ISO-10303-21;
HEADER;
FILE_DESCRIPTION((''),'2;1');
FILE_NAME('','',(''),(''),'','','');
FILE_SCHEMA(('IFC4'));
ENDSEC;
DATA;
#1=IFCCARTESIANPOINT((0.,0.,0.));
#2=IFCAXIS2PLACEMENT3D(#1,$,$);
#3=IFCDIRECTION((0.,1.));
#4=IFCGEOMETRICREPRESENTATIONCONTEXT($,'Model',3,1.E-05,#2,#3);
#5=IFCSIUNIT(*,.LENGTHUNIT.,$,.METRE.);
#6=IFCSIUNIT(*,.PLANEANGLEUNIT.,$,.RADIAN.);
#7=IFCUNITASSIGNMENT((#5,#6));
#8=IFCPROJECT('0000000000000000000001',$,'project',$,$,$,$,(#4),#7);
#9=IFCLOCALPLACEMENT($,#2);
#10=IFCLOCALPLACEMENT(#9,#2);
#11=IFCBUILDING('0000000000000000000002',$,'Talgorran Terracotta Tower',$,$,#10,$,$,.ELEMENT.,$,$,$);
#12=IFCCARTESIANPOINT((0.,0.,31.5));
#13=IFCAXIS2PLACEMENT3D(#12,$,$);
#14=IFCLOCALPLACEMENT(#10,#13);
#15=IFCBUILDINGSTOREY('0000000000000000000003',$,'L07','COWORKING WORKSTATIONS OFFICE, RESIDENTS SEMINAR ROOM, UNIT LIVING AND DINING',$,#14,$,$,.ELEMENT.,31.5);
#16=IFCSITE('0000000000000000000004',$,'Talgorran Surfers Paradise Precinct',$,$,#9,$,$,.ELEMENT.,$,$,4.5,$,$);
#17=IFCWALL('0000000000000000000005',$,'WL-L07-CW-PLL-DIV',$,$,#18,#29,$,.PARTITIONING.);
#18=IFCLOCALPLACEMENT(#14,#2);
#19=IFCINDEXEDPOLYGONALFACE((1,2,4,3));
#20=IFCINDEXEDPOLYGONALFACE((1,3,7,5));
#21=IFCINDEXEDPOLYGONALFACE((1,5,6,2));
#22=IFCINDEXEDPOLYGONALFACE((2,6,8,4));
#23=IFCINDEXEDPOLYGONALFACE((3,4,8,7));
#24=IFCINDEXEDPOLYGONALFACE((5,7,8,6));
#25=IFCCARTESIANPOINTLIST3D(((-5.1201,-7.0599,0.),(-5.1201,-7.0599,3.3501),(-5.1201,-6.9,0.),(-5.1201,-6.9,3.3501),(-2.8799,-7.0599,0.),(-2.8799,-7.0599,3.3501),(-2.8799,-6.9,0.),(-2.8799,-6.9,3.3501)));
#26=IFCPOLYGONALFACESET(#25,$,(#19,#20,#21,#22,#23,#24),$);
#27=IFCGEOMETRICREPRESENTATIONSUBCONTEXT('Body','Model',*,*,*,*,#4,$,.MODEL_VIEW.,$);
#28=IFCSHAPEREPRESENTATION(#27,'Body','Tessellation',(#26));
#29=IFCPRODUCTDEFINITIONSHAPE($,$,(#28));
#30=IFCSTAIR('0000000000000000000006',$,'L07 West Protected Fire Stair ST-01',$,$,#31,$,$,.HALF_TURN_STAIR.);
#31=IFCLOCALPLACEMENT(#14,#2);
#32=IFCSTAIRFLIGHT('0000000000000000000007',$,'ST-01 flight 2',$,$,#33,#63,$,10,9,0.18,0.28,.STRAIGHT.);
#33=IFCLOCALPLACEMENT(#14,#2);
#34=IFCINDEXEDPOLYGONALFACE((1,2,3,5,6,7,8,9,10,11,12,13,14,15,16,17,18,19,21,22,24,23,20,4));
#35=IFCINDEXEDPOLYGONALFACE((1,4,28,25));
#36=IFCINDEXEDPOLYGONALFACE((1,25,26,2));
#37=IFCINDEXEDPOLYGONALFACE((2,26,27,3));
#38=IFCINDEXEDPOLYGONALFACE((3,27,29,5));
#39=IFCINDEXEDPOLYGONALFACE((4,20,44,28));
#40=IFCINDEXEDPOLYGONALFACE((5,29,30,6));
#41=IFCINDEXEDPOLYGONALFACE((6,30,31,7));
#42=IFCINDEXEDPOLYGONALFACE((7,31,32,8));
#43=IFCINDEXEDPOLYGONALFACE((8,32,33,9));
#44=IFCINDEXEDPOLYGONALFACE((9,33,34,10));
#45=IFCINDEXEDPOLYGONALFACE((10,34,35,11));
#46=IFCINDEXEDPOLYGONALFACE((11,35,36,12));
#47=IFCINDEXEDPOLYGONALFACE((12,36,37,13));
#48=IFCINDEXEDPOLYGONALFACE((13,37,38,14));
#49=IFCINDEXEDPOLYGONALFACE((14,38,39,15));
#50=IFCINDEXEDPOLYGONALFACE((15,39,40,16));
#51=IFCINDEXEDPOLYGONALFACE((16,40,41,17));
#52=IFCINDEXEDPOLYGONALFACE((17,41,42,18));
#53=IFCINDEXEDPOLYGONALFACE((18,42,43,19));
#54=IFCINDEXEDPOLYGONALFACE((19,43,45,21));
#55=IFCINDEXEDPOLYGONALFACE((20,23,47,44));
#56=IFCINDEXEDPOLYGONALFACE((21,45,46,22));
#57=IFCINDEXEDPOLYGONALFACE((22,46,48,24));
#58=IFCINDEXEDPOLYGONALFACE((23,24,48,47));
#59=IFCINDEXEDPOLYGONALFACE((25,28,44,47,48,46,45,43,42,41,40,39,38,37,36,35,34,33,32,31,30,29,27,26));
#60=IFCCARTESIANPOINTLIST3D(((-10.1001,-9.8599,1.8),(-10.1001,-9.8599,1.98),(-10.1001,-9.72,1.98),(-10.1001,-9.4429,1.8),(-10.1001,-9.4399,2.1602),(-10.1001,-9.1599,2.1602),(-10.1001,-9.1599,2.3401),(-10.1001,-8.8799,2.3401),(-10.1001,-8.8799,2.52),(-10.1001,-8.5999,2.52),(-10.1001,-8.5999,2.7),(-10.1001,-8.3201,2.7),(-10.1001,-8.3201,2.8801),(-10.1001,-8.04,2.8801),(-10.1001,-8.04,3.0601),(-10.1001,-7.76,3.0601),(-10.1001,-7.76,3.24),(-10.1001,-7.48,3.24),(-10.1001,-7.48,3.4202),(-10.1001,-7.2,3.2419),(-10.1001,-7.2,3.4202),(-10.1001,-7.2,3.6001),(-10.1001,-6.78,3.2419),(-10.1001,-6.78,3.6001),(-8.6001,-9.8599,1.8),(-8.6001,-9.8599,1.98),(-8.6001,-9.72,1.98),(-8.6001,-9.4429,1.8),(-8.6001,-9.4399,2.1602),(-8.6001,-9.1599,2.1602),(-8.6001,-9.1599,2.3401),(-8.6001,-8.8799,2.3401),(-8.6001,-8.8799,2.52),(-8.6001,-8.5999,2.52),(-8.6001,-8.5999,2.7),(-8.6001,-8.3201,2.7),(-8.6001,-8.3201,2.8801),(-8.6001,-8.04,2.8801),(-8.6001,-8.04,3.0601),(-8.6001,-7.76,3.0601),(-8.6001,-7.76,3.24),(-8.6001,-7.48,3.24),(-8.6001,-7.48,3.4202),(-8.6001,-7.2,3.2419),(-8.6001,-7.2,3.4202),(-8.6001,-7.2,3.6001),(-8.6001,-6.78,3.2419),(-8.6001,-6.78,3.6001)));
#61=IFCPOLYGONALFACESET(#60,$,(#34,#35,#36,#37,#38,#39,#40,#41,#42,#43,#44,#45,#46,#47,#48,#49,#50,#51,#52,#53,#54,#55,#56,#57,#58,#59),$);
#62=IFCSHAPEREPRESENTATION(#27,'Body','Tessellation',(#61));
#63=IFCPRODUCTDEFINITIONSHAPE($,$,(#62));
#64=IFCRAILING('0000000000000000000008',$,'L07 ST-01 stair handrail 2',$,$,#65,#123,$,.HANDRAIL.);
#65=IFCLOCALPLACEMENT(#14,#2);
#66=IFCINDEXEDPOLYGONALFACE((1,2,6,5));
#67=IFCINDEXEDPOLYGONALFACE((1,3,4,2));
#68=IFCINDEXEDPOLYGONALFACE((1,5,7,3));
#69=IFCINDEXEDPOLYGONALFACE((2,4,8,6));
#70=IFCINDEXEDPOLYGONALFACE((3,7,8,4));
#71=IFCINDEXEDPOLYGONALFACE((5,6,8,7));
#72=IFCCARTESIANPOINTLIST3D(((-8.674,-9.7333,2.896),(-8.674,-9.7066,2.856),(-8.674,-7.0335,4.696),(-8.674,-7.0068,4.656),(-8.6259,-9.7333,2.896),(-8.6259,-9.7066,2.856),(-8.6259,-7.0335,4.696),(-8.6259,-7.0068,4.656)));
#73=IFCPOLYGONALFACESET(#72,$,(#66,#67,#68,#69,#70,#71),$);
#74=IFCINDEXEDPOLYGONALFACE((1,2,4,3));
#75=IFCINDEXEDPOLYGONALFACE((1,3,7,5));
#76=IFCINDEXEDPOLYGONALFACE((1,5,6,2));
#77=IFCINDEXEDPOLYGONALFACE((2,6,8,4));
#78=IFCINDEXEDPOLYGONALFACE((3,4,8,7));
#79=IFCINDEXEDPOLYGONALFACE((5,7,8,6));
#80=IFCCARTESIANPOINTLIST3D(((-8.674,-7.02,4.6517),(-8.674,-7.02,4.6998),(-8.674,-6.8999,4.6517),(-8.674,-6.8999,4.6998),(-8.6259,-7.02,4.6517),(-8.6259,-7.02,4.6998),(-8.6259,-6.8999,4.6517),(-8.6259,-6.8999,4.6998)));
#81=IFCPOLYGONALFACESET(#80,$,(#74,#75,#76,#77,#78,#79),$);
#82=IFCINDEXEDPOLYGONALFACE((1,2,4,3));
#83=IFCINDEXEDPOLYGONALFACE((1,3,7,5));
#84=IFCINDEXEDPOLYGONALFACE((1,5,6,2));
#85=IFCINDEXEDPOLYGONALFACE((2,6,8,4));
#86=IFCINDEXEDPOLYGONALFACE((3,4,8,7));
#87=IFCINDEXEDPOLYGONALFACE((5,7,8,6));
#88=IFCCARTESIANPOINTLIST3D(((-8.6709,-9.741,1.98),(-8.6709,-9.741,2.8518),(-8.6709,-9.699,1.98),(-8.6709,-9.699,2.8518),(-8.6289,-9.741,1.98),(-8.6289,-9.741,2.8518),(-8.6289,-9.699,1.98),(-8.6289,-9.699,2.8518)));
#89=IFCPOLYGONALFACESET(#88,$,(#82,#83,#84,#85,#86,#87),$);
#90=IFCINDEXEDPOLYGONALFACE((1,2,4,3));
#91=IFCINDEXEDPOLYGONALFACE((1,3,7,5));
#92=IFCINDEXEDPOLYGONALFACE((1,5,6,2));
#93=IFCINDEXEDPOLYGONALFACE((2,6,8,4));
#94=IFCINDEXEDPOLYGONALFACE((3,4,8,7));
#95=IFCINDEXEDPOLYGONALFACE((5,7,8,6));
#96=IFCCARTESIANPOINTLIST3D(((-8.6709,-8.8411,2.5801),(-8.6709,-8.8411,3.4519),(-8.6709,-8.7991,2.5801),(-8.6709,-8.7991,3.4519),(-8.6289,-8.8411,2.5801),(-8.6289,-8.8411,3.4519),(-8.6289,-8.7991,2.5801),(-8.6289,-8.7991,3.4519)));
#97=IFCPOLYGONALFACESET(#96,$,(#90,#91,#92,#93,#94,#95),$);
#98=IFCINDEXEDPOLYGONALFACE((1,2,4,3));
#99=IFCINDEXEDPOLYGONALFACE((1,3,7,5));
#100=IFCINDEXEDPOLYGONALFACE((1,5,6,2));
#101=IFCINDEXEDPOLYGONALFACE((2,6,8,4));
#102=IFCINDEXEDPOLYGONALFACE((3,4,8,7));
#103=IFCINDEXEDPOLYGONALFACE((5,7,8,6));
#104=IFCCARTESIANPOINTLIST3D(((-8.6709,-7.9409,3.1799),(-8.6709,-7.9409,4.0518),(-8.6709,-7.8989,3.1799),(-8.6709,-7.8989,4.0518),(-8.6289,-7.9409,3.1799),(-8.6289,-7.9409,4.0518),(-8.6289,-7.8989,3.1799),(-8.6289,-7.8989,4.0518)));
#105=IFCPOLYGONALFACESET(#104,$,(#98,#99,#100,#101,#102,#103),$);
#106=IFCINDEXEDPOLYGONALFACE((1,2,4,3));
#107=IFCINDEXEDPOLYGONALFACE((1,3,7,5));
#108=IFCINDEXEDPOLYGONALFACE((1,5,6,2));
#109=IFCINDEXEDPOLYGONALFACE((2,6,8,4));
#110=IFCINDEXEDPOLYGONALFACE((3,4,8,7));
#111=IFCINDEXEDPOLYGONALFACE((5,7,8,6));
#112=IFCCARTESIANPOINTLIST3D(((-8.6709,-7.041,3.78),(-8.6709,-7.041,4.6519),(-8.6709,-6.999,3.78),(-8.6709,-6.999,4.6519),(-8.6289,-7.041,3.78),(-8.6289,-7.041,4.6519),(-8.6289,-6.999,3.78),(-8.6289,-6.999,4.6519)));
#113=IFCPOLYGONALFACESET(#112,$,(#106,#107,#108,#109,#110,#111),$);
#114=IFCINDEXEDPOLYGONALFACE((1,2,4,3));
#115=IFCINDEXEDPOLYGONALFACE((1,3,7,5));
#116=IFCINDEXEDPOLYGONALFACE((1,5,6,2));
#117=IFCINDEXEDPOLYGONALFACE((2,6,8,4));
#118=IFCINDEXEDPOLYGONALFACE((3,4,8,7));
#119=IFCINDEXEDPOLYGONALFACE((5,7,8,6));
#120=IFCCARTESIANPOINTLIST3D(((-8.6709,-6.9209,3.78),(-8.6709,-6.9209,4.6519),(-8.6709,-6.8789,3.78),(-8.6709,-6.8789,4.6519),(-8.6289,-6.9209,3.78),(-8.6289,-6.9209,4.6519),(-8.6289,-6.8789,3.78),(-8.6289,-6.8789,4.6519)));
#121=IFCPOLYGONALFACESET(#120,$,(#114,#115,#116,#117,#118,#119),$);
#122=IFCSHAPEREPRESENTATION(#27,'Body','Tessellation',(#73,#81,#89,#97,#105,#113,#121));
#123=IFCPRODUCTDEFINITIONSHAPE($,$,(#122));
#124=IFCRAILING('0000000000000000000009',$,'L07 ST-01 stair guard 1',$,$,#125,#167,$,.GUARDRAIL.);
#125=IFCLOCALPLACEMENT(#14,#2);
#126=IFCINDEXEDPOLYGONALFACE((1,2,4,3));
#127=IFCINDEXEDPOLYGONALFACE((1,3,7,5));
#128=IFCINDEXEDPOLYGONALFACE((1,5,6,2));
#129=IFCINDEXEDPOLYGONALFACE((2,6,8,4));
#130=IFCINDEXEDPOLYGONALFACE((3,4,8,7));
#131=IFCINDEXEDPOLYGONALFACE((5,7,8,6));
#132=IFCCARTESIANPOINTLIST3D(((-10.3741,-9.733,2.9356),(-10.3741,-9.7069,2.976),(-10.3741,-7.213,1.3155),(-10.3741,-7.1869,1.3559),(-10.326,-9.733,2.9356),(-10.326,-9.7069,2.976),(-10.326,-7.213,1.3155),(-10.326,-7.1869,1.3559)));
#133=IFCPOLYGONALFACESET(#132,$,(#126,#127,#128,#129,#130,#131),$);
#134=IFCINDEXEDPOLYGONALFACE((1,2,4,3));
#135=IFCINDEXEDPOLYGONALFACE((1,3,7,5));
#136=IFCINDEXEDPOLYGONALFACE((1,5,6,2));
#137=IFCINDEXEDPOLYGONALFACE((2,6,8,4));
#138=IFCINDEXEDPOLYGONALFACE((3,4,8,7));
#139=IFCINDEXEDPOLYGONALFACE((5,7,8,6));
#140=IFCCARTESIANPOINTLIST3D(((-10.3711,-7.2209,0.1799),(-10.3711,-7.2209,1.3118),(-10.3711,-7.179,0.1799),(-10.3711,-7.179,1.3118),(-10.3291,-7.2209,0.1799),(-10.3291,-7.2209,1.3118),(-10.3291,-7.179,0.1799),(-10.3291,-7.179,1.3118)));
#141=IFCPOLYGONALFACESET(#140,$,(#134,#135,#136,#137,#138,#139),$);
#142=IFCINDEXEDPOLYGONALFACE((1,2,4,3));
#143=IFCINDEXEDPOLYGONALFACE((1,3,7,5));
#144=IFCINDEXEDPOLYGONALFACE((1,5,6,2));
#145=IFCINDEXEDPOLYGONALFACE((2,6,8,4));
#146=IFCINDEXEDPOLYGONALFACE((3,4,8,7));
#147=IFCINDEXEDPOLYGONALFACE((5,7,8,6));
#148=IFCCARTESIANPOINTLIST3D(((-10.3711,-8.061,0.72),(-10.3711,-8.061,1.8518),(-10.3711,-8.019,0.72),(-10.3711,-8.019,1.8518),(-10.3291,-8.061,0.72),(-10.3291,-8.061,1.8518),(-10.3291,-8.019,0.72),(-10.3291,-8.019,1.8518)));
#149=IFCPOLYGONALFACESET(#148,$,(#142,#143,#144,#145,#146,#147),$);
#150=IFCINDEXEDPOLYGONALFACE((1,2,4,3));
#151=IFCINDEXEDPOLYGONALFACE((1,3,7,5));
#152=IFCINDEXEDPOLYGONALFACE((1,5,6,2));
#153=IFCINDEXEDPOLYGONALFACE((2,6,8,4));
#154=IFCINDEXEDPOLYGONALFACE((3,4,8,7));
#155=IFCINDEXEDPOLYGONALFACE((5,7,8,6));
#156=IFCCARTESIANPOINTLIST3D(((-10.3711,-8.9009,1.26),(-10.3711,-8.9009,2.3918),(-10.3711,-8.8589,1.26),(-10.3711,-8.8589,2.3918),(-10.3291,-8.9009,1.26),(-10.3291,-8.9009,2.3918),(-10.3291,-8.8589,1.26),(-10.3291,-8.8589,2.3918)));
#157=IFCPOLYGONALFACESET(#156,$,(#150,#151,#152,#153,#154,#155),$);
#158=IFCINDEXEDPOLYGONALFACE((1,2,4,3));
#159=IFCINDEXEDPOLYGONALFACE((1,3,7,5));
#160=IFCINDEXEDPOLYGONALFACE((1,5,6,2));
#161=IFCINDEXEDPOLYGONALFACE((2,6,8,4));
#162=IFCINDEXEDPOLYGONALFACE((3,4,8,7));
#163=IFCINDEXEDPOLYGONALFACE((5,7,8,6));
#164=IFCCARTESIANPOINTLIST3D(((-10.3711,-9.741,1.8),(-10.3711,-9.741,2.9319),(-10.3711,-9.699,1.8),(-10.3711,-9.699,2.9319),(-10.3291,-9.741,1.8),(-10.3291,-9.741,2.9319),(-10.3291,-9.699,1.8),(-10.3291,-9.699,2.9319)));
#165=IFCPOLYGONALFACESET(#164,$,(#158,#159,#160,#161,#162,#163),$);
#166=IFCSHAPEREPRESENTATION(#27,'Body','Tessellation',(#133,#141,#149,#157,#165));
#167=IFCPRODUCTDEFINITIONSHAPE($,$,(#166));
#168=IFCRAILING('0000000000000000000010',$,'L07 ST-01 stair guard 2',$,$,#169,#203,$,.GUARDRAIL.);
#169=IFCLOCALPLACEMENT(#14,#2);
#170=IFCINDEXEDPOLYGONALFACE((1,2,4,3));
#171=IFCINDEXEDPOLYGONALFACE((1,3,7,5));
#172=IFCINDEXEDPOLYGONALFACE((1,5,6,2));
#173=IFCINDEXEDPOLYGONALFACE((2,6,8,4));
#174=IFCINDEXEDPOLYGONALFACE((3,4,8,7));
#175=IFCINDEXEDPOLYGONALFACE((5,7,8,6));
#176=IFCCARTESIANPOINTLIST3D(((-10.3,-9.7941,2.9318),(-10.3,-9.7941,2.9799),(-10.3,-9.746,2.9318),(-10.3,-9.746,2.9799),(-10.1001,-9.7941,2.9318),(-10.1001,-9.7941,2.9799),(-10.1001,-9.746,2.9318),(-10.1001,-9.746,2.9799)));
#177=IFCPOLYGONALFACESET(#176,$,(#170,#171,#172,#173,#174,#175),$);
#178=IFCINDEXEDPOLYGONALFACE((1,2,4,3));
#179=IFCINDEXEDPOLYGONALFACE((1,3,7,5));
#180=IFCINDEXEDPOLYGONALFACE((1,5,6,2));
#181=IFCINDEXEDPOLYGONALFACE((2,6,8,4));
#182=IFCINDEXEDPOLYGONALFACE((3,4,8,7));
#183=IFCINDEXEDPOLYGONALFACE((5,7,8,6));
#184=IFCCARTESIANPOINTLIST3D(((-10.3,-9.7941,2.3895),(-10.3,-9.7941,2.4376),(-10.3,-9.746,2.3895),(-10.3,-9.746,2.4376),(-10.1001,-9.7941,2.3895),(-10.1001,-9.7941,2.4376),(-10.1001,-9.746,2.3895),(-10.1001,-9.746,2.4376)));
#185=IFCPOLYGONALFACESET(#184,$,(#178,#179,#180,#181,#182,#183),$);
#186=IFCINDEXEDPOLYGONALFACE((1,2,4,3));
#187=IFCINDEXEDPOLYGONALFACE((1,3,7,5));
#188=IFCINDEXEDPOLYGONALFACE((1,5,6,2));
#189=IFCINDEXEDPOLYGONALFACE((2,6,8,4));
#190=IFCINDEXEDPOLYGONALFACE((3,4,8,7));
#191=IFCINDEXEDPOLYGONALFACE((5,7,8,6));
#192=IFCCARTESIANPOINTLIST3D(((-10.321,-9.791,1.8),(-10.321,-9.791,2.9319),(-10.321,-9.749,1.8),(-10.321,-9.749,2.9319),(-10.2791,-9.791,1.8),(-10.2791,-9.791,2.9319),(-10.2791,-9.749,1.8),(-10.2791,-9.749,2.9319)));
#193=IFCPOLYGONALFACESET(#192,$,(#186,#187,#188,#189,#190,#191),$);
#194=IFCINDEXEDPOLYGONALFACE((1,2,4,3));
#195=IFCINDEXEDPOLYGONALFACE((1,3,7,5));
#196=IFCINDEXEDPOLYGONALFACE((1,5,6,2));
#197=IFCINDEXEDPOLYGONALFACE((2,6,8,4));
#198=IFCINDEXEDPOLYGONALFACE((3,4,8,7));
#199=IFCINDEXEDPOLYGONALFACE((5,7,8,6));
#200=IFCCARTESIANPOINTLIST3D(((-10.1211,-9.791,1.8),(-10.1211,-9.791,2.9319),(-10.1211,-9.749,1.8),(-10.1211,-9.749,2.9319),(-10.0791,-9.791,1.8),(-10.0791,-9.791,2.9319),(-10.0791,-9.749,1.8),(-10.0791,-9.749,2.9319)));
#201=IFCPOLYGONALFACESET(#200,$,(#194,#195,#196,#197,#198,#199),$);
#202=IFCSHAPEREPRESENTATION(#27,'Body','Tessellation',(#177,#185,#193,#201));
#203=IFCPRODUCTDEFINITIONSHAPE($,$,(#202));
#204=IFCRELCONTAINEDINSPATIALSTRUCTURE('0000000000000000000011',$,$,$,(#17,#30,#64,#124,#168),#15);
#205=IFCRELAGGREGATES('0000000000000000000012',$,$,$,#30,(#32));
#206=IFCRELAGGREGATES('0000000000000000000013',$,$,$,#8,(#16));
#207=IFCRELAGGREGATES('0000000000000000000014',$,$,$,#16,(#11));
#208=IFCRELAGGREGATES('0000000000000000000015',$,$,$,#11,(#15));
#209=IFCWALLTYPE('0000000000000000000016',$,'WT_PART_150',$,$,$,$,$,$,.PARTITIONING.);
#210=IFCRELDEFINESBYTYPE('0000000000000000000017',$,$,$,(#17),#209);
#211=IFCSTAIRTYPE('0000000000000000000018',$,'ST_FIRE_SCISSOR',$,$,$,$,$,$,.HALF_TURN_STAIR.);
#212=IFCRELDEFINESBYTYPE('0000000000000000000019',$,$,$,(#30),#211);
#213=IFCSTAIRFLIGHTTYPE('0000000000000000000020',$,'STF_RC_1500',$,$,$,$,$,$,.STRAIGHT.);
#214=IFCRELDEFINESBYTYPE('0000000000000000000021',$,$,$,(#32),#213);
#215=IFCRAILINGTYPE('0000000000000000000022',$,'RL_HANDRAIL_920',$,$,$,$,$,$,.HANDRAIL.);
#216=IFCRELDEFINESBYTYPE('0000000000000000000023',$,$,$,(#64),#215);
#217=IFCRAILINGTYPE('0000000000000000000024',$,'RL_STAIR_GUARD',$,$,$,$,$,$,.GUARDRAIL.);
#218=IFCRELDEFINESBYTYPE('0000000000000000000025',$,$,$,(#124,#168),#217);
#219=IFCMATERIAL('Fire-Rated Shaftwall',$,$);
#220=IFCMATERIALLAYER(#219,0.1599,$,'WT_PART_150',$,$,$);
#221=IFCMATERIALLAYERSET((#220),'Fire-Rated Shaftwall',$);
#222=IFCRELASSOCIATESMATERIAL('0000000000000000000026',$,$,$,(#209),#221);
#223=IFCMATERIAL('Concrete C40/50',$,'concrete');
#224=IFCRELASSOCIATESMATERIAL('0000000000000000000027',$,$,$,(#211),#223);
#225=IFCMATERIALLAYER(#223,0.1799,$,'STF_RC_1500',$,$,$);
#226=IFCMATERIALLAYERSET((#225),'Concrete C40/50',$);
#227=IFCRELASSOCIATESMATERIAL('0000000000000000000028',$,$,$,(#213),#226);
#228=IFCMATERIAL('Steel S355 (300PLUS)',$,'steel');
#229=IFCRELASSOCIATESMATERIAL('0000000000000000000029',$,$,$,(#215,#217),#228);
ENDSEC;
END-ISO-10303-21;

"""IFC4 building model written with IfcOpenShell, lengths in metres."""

from ifc_helpers import new_model, si_unit, direction, frame, frame_2d, origin, origin_2d, place, context, subcontext, project, spatial, polyline, rectangle, outline, extrude, material, layer, layer_set, type_object, element, aggregate, save


model = new_model("IFC4")

# Units and contexts
model_context = context("Model", 3, precision=1e-05, world=origin(), true_north=direction((0.0, 1.0)))
body_context = subcontext(model_context, "Body", "Model", "MODEL_VIEW")
ifc_project = project(units=[si_unit("LENGTHUNIT", "METRE"), si_unit("PLANEANGLEUNIT", "RADIAN")], contexts=[model_context])

# Site, building, storey
site_placement = place(None, origin())
site = spatial("IfcSite", under=ifc_project, at=site_placement, Name="Talgorran Surfers Paradise Precinct", CompositionType="ELEMENT", RefElevation=4.5)
building_placement = place(site_placement, origin())
building = spatial("IfcBuilding", under=site, at=building_placement, Name="Talgorran Terracotta Tower", CompositionType="ELEMENT")
storey_placement = place(building_placement, frame((0.0, 0.0, 31.5)))
storey = spatial("IfcBuildingStorey", under=building, at=storey_placement, Name="L07", Description="COWORKING WORKSTATIONS OFFICE, RESIDENTS SEMINAR ROOM, UNIT LIVING AND DINING", CompositionType="ELEMENT", Elevation=31.5)

# Wall
ifc_material_1 = material(Name="Fire-Rated Shaftwall")
ifc_layer_1 = layer(ifc_material_1, 0.1599, Name="WT_PART_150")
ifc_layer_set_1 = layer_set([ifc_layer_1], Name="Fire-Rated Shaftwall")
wall_type_1 = type_object("IfcWallType", Name="WT_PART_150", PredefinedType="PARTITIONING", material=ifc_layer_set_1)
wall_1_placement = place(storey_placement, frame((-5.1201, -6.98, 0.0), z_axis=(0.0, 0.0, 1.0), x_axis=(1.0, 0.0, 0.0)))
element("IfcWall", 1, at=wall_1_placement, inside=storey, type_object=wall_type_1, Name="WL-L07-CW-PLL-DIV", PredefinedType="PARTITIONING", context=body_context, shape_type="SweptSolid", body=[
    extrude(rectangle(XDim=2.2402, YDim=0.1599, at=frame_2d((1.1201, 0.0))), origin(), (0.0, 0.0, 1.0), 3.3501),
])

# Stair, stair flight
ifc_material_2 = material(Name="Concrete C40/50", Category="concrete")
stair_type = type_object("IfcStairType", Name="ST_FIRE_SCISSOR", PredefinedType="HALF_TURN_STAIR", material=ifc_material_2)
stair_placement = place(storey_placement, origin())
stair = element("IfcStair", 2, at=stair_placement, inside=storey, type_object=stair_type, Name="L07 West Protected Fire Stair ST-01", PredefinedType="HALF_TURN_STAIR")
ifc_layer_2 = layer(ifc_material_2, 0.1799, Name="STF_RC_1500")
ifc_layer_set_2 = layer_set([ifc_layer_2], Name="Concrete C40/50")
stair_flight_type = type_object("IfcStairFlightType", Name="STF_RC_1500", PredefinedType="STRAIGHT", material=ifc_layer_set_2)
stair_flight_placement = place(storey_placement, frame((-9.3501, -9.72, 1.8), z_axis=(0.0, 0.0, 1.0), x_axis=(0.0, 1.0, 0.0)))
stair_flight = element("IfcStairFlight", 3, at=stair_flight_placement, type_object=stair_flight_type, Name="ST-01 flight 2", NumberOfRisers=10, NumberOfTreads=9, PredefinedType="STRAIGHT", RiserHeight=0.18, TreadLength=0.28, context=body_context, shape_type="SweptSolid", body=[
    extrude(outline(polyline([(-0.1399, 0.0), (-0.1399, 0.1799), (0.0, 0.1799), (0.28, 0.3601), (0.5601, 0.3601), (0.5601, 0.54), (0.8401, 0.54), (0.8401, 0.72), (1.1201, 0.72), (1.1201, 0.8999), (1.3999, 0.8999), (1.3999, 1.0801), (1.6799, 1.0801), (1.6799, 1.26), (1.96, 1.26), (1.96, 1.4399), (2.24, 1.4399), (2.24, 1.6201), (2.52, 1.6201), (2.52, 1.8), (2.9399, 1.8), (2.9399, 1.4419), (2.52, 1.4419), (0.2771, 0.0), (-0.1399, 0.0)])), frame((0.0, 0.75, 0.0), z_axis=(0.0, -1.0, 0.0), x_axis=(1.0, 0.0, 0.0)), (0.0, 0.0, 1.0), 1.5),
])
aggregate(stair, [stair_flight])

# Railings
ifc_material_3 = material(Name="Steel S355 (300PLUS)", Category="steel")
railing_type_1 = type_object("IfcRailingType", Name="RL_HANDRAIL_920", PredefinedType="HANDRAIL", material=ifc_material_3)
railing_1_placement = place(storey_placement, frame((-8.6499, -9.72, 1.98)))
element("IfcRailing", 4, at=railing_1_placement, inside=storey, type_object=railing_type_1, Name="L07 ST-01 stair handrail 2", PredefinedType="HANDRAIL", context=body_context, shape_type="SweptSolid", body=[
    extrude(rectangle(XDim=0.0481, YDim=0.0481, at=origin_2d()), frame((0.0, 0.0, 0.896), z_axis=(0.0, 0.832039, 0.554718), x_axis=(-1.0, 0.0, 0.0)), (0.0, 0.0, 1.0), 3.2449),
    extrude(rectangle(XDim=0.0481, YDim=0.0481, at=origin_2d()), frame((0.0, 2.7, 2.6958), z_axis=(0.0, 1.0, 0.0), x_axis=(-1.0, 0.0, 0.0)), (0.0, 0.0, 1.0), 0.1201),
    extrude(rectangle(XDim=0.042, YDim=0.042, at=origin_2d()), origin(), (0.0, 0.0, 1.0), 0.8718),
    extrude(rectangle(XDim=0.042, YDim=0.042, at=origin_2d()), frame((0.0, 0.8999, 0.6001)), (0.0, 0.0, 1.0), 0.8718),
    extrude(rectangle(XDim=0.042, YDim=0.042, at=origin_2d()), frame((0.0, 1.8, 1.2)), (0.0, 0.0, 1.0), 0.8718),
    extrude(rectangle(XDim=0.042, YDim=0.042, at=origin_2d()), frame((0.0, 2.7, 1.8)), (0.0, 0.0, 1.0), 0.8718),
    extrude(rectangle(XDim=0.042, YDim=0.042, at=origin_2d()), frame((0.0, 2.8201, 1.8)), (0.0, 0.0, 1.0), 0.8718),
])
railing_type_2 = type_object("IfcRailingType", Name="RL_STAIR_GUARD", PredefinedType="GUARDRAIL", material=ifc_material_3)
railing_2_placement = place(storey_placement, frame((-10.3501, -7.2, 0.1799)))
element("IfcRailing", 5, at=railing_2_placement, inside=storey, type_object=railing_type_2, Name="L07 ST-01 stair guard 1", PredefinedType="GUARDRAIL", context=body_context, shape_type="SweptSolid", body=[
    extrude(rectangle(XDim=0.0481, YDim=0.0481, at=origin_2d()), frame((0.0, 0.0, 1.1558), z_axis=(0.0, -0.841163, 0.540782), x_axis=(1.0, 0.0, 0.0)), (0.0, 0.0, 1.0), 2.9958),
    extrude(rectangle(XDim=0.042, YDim=0.042, at=origin_2d()), origin(), (0.0, 0.0, 1.0), 1.1318),
    extrude(rectangle(XDim=0.042, YDim=0.042, at=origin_2d()), frame((0.0, -0.8401, 0.54)), (0.0, 0.0, 1.0), 1.1318),
    extrude(rectangle(XDim=0.042, YDim=0.042, at=origin_2d()), frame((0.0, -1.6799, 1.0801)), (0.0, 0.0, 1.0), 1.1318),
    extrude(rectangle(XDim=0.042, YDim=0.042, at=origin_2d()), frame((0.0, -2.52, 1.6201)), (0.0, 0.0, 1.0), 1.1318),
])
railing_3_placement = place(storey_placement, frame((-10.3, -9.77, 1.8)))
element("IfcRailing", 6, at=railing_3_placement, inside=storey, type_object=railing_type_2, Name="L07 ST-01 stair guard 2", PredefinedType="GUARDRAIL", context=body_context, shape_type="SweptSolid", body=[
    extrude(rectangle(XDim=0.0481, YDim=0.0481, at=origin_2d()), frame((0.0, 0.0, 1.1558), z_axis=(1.0, 0.0, 0.0), x_axis=(0.0, 1.0, 0.0)), (0.0, 0.0, 1.0), 0.2),
    extrude(rectangle(XDim=0.0481, YDim=0.0481, at=origin_2d()), frame((0.0, 0.0, 0.6135), z_axis=(1.0, 0.0, 0.0), x_axis=(0.0, 1.0, 0.0)), (0.0, 0.0, 1.0), 0.2),
    extrude(rectangle(XDim=0.042, YDim=0.042, at=origin_2d()), origin(), (0.0, 0.0, 1.0), 1.1318),
    extrude(rectangle(XDim=0.042, YDim=0.042, at=origin_2d()), frame((0.2, 0.0, 0.0)), (0.0, 0.0, 1.0), 1.1318),
])

save(model, "model.ifc")
